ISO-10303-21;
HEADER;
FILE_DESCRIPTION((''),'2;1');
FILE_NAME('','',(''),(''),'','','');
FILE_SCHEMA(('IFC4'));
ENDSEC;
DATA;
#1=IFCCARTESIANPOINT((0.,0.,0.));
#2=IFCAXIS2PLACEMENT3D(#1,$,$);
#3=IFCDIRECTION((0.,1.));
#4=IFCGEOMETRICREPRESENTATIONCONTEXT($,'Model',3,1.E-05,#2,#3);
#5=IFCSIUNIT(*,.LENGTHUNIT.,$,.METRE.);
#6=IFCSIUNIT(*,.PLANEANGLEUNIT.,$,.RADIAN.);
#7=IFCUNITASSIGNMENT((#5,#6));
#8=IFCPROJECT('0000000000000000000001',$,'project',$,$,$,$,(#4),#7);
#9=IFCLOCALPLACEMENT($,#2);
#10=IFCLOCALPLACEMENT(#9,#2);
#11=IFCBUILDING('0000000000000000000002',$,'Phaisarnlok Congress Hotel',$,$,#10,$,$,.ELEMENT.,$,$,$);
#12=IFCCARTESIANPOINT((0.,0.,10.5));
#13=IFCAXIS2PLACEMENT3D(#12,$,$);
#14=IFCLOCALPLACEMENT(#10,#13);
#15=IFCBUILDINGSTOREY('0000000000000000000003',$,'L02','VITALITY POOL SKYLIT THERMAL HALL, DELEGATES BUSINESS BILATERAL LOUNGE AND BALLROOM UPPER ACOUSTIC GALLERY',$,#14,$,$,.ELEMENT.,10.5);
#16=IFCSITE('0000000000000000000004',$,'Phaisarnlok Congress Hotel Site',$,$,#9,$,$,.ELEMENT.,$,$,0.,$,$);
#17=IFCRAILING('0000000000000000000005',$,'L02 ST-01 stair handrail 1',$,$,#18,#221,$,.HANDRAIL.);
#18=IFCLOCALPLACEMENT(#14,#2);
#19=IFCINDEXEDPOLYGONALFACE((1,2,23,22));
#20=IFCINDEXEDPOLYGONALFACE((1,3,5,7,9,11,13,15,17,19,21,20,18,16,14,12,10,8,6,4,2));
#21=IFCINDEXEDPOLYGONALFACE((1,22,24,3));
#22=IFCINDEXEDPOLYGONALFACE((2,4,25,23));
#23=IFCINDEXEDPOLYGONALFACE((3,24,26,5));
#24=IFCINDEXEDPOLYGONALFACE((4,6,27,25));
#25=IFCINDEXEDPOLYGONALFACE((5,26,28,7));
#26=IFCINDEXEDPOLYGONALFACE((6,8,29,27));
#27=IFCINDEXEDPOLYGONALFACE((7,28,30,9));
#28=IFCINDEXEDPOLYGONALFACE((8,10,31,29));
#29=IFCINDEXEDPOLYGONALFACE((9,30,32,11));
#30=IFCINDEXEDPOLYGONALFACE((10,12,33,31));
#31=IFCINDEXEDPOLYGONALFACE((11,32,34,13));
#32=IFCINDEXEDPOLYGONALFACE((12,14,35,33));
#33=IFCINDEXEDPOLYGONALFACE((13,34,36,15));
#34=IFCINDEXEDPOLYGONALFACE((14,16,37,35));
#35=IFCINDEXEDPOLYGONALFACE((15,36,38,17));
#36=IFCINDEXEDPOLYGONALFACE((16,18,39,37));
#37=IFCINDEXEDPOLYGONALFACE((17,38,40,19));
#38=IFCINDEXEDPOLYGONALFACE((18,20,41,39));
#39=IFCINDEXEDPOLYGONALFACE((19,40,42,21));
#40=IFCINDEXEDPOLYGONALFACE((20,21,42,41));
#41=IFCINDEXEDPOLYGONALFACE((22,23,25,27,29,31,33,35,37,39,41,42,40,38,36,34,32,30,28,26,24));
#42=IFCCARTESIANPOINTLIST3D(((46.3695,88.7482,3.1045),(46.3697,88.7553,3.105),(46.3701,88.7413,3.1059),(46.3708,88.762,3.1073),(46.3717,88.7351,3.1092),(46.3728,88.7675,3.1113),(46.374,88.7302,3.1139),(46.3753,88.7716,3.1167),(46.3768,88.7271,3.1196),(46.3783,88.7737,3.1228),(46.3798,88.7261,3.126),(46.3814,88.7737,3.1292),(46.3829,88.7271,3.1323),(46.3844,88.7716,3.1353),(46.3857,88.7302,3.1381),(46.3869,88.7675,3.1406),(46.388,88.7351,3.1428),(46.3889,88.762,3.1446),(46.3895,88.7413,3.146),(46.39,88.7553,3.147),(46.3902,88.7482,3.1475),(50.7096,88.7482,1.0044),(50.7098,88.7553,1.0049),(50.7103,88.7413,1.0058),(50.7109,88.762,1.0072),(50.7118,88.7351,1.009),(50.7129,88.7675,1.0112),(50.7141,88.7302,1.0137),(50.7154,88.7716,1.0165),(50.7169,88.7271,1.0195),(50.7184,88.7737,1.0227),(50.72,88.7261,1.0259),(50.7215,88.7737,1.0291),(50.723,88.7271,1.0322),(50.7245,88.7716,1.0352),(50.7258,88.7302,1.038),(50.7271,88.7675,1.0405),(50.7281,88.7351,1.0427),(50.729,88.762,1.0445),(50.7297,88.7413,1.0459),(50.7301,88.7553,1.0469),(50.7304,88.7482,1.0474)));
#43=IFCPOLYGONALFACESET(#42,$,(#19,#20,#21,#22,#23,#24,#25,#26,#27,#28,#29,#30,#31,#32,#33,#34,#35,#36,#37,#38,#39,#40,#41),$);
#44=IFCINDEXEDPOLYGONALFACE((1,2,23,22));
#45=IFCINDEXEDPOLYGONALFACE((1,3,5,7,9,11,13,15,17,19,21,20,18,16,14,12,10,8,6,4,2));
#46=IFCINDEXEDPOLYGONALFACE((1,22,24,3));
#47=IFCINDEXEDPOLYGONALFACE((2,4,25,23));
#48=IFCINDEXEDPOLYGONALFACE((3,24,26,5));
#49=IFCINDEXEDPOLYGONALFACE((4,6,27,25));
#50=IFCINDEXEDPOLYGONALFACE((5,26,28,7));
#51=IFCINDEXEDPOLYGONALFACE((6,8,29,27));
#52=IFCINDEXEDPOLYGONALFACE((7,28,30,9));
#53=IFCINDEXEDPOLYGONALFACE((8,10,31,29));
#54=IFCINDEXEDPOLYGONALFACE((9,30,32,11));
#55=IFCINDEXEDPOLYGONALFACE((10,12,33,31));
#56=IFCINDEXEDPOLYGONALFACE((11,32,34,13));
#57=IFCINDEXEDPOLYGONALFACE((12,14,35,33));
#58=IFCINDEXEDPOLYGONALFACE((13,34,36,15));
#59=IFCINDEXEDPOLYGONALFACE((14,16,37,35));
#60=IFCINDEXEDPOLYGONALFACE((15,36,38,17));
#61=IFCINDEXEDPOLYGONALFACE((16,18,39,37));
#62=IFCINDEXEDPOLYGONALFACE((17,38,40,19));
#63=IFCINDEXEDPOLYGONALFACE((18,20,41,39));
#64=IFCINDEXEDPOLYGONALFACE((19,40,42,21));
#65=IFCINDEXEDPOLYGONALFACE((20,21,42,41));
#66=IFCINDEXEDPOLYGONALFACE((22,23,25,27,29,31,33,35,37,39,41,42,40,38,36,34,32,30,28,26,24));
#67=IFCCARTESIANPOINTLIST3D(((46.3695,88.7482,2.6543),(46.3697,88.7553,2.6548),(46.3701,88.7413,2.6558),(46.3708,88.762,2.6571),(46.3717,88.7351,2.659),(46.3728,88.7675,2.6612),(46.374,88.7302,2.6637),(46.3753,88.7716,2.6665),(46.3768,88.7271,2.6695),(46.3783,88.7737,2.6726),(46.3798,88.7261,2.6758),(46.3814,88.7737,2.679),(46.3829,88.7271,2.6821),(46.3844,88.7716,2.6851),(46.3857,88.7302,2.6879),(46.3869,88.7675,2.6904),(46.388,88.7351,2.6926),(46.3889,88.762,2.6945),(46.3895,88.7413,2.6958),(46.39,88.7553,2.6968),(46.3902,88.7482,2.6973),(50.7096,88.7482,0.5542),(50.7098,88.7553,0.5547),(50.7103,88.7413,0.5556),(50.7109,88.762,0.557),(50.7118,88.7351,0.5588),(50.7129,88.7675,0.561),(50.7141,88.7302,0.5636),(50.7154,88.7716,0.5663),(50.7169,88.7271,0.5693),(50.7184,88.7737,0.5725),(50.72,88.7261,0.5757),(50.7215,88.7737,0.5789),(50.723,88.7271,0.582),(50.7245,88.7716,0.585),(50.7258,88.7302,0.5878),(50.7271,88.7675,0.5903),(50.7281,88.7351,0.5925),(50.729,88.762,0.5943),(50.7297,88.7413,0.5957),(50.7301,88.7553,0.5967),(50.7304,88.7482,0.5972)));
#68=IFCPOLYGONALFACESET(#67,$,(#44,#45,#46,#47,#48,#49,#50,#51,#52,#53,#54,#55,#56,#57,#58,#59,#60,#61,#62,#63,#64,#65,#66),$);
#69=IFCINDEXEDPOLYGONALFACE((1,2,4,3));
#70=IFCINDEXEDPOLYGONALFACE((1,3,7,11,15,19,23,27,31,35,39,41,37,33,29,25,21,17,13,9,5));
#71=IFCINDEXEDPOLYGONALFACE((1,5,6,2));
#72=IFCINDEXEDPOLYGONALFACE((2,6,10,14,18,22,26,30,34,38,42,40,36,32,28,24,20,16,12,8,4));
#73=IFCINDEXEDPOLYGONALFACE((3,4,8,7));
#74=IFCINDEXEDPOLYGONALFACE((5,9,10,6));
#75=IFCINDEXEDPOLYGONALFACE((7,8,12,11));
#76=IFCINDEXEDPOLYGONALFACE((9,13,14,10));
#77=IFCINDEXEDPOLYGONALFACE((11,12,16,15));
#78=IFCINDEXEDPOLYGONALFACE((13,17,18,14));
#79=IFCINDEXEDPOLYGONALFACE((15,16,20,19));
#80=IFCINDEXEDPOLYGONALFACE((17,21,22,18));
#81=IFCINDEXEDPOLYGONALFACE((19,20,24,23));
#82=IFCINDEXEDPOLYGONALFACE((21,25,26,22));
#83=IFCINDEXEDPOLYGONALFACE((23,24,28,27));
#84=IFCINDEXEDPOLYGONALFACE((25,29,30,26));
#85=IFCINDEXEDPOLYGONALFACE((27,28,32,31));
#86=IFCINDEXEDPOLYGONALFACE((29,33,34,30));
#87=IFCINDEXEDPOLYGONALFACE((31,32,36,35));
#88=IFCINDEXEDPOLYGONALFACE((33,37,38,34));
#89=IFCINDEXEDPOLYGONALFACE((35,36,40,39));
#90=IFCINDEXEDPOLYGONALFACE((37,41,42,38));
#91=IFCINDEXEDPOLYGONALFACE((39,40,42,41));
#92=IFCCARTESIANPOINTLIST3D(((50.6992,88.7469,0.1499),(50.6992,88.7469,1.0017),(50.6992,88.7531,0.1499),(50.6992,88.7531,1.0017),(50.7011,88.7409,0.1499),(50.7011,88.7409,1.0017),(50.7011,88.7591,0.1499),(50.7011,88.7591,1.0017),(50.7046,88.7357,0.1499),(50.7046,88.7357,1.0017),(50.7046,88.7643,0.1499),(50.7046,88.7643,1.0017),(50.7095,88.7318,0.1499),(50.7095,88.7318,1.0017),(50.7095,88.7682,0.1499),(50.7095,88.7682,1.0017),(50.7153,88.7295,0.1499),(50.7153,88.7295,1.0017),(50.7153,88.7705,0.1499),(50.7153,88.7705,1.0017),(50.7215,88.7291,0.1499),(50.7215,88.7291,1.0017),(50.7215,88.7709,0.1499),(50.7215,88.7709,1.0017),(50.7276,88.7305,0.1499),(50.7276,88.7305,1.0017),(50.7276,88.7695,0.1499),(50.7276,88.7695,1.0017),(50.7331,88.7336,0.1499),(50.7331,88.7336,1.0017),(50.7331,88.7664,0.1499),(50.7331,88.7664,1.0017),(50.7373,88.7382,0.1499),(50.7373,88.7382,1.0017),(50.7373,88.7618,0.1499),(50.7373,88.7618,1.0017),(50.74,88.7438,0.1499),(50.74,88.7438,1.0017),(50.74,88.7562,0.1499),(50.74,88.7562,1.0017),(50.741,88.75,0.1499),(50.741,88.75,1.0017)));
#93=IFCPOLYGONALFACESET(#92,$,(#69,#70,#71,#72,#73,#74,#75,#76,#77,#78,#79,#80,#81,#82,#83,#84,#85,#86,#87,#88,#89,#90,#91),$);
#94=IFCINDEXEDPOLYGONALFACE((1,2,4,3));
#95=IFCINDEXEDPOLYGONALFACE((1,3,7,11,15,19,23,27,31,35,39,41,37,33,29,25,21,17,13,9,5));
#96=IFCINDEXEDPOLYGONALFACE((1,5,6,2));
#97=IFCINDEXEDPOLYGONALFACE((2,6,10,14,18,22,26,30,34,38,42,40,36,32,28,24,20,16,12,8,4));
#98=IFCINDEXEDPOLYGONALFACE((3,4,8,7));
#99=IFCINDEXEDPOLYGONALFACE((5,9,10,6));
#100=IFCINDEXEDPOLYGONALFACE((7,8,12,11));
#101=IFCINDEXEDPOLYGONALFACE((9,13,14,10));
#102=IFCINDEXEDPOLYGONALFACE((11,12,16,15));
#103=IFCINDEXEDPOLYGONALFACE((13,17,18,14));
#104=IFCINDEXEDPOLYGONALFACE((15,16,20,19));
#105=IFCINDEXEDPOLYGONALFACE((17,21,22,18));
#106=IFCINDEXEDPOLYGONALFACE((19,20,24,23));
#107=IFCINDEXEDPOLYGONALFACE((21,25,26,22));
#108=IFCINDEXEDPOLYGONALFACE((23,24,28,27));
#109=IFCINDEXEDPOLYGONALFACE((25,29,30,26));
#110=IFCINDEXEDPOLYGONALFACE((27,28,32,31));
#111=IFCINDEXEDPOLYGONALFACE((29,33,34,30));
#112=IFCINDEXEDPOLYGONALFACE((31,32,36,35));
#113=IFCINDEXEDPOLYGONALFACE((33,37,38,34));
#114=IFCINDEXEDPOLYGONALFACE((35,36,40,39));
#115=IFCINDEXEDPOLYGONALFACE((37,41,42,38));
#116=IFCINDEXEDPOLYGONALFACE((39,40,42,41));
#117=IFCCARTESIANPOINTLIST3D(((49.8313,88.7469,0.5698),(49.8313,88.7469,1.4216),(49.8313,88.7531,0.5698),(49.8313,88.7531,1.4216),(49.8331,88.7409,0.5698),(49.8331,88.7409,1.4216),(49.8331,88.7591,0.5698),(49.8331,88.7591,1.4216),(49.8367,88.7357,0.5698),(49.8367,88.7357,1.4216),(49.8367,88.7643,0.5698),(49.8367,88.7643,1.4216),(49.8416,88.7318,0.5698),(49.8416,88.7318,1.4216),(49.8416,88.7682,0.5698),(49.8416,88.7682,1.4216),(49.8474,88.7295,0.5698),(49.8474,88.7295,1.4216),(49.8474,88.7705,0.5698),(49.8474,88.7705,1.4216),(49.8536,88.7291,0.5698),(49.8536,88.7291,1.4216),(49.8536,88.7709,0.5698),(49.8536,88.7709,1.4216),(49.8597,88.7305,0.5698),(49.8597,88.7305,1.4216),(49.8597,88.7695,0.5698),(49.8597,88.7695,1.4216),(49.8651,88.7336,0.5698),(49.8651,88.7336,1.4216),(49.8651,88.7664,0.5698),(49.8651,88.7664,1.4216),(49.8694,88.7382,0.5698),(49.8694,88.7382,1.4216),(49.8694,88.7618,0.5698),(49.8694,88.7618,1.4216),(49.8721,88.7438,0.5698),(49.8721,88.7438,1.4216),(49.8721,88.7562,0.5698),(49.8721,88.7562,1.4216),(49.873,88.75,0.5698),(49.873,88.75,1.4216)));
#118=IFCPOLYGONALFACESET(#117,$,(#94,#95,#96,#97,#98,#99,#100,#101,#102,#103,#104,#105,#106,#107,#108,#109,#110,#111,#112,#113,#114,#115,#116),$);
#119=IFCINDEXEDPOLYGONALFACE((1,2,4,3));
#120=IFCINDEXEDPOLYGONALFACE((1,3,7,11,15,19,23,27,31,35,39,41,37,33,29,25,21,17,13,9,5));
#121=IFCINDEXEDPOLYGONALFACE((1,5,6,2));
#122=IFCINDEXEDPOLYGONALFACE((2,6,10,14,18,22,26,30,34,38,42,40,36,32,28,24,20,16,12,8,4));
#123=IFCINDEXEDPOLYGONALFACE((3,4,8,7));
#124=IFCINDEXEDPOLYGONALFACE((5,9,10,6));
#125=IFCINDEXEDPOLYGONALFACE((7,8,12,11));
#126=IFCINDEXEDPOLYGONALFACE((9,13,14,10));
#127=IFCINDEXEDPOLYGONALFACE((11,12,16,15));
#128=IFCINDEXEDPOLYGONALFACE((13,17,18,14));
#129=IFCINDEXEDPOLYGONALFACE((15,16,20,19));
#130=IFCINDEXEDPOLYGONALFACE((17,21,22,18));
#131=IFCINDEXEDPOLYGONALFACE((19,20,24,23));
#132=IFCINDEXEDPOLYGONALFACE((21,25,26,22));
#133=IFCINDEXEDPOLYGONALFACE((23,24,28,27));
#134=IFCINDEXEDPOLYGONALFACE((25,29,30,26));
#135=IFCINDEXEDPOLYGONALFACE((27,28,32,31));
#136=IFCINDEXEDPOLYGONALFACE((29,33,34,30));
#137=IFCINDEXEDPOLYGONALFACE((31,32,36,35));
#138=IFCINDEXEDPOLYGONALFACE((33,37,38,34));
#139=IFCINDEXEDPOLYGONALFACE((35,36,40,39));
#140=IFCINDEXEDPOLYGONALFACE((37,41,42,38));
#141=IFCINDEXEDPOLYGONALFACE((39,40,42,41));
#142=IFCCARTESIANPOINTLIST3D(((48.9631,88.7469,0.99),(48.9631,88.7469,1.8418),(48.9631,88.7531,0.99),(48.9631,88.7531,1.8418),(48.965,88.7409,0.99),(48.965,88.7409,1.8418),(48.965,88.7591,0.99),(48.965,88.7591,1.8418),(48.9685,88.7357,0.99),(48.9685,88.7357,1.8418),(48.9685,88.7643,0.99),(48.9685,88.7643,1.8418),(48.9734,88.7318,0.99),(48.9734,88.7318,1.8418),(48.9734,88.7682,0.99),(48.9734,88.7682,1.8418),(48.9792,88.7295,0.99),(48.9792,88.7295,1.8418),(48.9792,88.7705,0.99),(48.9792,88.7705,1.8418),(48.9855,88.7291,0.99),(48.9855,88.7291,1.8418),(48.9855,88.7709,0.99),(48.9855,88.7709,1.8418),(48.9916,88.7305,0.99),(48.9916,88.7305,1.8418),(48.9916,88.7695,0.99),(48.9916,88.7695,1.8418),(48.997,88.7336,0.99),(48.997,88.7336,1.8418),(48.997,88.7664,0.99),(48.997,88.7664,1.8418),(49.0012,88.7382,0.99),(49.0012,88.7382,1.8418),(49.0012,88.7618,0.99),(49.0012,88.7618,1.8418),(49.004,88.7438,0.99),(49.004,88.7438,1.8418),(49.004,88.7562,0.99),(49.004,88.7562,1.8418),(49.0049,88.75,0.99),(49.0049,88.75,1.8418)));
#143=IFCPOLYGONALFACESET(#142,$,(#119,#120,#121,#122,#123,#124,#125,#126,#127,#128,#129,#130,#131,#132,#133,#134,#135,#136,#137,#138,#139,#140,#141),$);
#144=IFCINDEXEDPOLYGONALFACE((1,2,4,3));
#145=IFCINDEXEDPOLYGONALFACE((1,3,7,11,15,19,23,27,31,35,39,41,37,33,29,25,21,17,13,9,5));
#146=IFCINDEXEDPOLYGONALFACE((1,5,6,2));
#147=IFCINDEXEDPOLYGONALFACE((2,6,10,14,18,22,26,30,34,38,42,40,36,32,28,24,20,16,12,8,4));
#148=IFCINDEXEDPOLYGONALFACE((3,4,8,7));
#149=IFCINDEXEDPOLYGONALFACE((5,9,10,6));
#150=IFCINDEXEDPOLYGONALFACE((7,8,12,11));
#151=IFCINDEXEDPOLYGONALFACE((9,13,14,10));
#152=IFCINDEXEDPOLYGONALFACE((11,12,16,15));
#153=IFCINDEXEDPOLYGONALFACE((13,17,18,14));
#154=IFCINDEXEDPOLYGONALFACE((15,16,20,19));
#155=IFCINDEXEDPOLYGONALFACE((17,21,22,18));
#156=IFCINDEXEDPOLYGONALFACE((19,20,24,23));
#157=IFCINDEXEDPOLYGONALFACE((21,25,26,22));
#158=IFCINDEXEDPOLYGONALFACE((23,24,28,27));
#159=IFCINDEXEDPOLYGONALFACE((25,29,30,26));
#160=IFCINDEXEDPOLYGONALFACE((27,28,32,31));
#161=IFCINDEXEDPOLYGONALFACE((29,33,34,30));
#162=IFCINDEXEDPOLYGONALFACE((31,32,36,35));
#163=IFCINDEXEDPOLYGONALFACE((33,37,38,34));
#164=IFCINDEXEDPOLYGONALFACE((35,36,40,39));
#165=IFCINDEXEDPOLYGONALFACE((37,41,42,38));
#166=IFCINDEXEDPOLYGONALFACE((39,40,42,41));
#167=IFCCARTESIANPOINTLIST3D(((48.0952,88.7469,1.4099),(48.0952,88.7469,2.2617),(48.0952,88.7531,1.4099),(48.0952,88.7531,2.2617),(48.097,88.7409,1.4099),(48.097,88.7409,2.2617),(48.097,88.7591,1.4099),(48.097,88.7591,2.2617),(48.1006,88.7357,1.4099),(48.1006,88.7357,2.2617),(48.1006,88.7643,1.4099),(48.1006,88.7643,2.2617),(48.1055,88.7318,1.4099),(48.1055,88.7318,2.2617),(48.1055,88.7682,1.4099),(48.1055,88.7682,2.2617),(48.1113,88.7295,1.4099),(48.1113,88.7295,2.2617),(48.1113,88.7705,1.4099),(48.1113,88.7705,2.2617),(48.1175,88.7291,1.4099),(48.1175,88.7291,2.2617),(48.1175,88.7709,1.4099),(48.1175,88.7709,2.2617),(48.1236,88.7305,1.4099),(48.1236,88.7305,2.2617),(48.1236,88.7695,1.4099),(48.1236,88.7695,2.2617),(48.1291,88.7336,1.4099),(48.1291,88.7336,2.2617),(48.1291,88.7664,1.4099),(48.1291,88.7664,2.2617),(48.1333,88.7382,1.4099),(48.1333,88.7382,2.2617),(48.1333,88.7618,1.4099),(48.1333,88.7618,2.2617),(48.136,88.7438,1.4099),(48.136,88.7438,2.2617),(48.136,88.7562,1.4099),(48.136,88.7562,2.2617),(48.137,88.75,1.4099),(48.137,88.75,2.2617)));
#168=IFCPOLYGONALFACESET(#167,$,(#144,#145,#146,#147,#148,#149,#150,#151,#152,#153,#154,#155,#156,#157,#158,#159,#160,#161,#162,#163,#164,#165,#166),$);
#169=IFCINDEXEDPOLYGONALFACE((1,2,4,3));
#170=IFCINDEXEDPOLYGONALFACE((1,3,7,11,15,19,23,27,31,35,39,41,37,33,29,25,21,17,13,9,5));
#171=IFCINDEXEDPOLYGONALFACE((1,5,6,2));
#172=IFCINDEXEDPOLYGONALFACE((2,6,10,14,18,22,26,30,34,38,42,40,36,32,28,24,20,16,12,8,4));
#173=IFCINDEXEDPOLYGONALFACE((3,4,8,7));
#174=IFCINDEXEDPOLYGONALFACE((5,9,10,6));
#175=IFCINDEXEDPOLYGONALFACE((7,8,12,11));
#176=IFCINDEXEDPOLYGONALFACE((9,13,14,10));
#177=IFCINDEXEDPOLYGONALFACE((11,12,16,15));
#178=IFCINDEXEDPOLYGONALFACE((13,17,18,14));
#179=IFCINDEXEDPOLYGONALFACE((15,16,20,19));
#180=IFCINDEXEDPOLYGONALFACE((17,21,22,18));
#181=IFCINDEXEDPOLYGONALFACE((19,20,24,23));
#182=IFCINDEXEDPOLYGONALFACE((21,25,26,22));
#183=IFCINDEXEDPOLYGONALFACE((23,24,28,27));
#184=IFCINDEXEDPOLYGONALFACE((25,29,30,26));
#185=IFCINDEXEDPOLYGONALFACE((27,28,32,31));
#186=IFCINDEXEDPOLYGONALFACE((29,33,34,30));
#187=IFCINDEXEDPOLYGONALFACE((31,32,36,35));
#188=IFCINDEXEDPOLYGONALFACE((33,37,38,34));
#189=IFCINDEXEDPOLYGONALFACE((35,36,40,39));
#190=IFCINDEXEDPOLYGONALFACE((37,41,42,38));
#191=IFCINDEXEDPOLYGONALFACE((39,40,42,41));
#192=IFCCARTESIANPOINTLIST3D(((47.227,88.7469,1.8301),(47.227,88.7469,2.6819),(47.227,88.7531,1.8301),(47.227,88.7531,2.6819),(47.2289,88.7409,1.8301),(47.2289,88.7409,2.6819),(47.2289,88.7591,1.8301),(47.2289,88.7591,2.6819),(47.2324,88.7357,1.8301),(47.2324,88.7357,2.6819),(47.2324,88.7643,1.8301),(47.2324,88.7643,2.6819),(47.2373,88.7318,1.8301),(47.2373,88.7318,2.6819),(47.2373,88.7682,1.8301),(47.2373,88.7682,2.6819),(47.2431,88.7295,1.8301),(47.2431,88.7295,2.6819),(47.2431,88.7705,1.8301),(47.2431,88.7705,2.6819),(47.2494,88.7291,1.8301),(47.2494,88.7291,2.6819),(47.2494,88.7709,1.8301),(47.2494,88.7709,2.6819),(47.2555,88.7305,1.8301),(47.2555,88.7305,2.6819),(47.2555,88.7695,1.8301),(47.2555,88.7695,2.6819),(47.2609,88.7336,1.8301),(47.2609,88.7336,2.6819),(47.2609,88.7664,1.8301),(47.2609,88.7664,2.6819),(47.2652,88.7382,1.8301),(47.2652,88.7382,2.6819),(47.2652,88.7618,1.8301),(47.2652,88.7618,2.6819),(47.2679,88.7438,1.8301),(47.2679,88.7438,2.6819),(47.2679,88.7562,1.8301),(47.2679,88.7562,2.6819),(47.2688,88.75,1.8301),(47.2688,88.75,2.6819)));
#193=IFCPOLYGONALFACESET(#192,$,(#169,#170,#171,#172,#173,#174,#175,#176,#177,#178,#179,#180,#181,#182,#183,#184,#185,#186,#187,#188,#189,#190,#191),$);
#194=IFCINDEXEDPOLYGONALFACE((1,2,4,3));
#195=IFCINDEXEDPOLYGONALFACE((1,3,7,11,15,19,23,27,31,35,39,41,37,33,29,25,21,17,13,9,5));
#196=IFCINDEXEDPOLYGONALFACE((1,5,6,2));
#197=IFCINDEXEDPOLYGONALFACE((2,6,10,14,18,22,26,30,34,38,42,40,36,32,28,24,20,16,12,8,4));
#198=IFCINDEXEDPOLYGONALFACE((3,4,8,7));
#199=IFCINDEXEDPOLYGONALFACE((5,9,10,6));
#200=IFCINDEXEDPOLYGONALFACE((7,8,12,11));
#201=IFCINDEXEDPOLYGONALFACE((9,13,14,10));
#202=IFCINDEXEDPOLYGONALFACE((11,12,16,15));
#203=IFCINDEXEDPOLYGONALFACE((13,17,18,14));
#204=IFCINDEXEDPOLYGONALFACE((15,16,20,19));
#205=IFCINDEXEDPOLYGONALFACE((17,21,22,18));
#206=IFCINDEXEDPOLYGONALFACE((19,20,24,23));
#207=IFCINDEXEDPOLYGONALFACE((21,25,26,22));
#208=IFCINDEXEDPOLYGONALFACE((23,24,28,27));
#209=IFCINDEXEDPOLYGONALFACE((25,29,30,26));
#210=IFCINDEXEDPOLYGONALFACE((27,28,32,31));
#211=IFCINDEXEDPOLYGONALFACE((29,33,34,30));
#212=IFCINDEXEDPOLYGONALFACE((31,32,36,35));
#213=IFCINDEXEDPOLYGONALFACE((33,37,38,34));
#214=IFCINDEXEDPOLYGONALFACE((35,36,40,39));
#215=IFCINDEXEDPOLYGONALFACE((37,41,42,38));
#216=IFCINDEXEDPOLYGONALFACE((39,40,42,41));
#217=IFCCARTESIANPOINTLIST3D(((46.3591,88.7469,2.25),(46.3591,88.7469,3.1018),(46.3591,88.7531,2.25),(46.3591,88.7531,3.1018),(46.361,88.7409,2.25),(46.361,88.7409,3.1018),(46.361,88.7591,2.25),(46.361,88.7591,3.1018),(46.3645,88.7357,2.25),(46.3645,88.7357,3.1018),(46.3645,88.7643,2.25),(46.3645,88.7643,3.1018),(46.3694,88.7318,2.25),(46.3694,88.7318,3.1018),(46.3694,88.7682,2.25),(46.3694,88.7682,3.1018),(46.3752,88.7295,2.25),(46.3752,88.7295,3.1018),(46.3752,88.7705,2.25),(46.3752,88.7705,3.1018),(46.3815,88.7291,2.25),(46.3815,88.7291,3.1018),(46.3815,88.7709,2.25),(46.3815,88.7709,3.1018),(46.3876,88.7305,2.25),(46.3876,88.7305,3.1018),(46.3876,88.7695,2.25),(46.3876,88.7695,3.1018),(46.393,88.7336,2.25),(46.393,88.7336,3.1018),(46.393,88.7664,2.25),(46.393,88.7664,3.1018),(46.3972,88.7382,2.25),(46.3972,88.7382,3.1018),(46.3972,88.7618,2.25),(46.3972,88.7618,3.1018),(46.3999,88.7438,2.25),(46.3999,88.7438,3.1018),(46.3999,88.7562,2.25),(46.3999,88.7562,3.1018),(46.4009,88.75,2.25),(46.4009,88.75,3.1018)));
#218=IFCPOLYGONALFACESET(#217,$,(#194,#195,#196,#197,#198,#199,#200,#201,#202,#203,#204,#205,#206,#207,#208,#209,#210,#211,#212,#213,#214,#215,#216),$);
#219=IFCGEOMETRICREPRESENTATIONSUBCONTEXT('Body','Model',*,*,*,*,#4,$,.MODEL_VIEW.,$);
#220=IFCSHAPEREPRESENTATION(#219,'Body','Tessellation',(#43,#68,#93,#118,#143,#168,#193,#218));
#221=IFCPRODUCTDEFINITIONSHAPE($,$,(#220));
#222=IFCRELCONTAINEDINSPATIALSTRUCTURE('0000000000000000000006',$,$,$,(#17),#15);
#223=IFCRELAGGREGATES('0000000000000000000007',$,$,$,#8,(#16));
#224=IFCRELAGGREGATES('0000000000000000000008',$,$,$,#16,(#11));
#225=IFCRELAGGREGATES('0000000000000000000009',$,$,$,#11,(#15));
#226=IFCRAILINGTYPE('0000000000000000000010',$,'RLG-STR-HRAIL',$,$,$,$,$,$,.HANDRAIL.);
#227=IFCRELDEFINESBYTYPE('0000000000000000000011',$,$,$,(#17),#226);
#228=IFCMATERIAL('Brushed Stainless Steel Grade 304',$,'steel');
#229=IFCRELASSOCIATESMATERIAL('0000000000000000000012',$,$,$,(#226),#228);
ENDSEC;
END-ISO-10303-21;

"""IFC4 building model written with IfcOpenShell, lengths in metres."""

from ifc_helpers import new_model, si_unit, direction, frame, origin, origin_2d, place, context, subcontext, project, spatial, circle, extrude, material, type_object, element, save


model = new_model("IFC4")

# Units and contexts
model_context = context("Model", 3, precision=1e-05, world=origin(), true_north=direction((0.0, 1.0)))
body_context = subcontext(model_context, "Body", "Model", "MODEL_VIEW")
ifc_project = project(units=[si_unit("LENGTHUNIT", "METRE"), si_unit("PLANEANGLEUNIT", "RADIAN")], contexts=[model_context])

# Site, building, storey
site_placement = place(None, origin())
site = spatial("IfcSite", under=ifc_project, at=site_placement, Name="Phaisarnlok Congress Hotel Site", CompositionType="ELEMENT", RefElevation=0.0)
building_placement = place(site_placement, origin())
building = spatial("IfcBuilding", under=site, at=building_placement, Name="Phaisarnlok Congress Hotel", CompositionType="ELEMENT")
storey_placement = place(building_placement, frame((0.0, 0.0, 10.5)))
storey = spatial("IfcBuildingStorey", under=building, at=storey_placement, Name="L02", Description="VITALITY POOL SKYLIT THERMAL HALL, DELEGATES BUSINESS BILATERAL LOUNGE AND BALLROOM UPPER ACOUSTIC GALLERY", CompositionType="ELEMENT", Elevation=10.5)

# Railing
ifc_material_1 = material(Name="Brushed Stainless Steel Grade 304", Category="steel")
railing_type_1 = type_object("IfcRailingType", Name="RLG-STR-HRAIL", PredefinedType="HANDRAIL", material=ifc_material_1)
railing_1_placement = place(storey_placement, frame((50.72, 88.75, 0.1499)))
element("IfcRailing", 1, at=railing_1_placement, inside=storey, type_object=railing_type_1, Name="L02 ST-01 stair handrail 1", PredefinedType="HANDRAIL", context=body_context, shape_type="SweptSolid", body=[
    extrude(circle(Radius=0.0239, at=origin_2d()), frame((0.0, 0.0, 0.876), z_axis=(-0.900155, 0.0, 0.43557), x_axis=(0.0, -1.0, 0.0)), (0.0, 0.0, 1.0), 4.8215),
    extrude(circle(Radius=0.0239, at=origin_2d()), frame((0.0, 0.0, 0.4258), z_axis=(-0.900155, 0.0, 0.43557), x_axis=(0.0, -1.0, 0.0)), (0.0, 0.0, 1.0), 4.8215),
    extrude(circle(Radius=0.021, at=origin_2d()), origin(), (0.0, 0.0, 1.0), 0.8518),
    extrude(circle(Radius=0.021, at=origin_2d()), frame((-0.8679, 0.0, 0.4199)), (0.0, 0.0, 1.0), 0.8518),
    extrude(circle(Radius=0.021, at=origin_2d()), frame((-1.7361, 0.0, 0.8401)), (0.0, 0.0, 1.0), 0.8518),
    extrude(circle(Radius=0.021, at=origin_2d()), frame((-2.604, 0.0, 1.26)), (0.0, 0.0, 1.0), 0.8518),
    extrude(circle(Radius=0.021, at=origin_2d()), frame((-3.4722, 0.0, 1.6802)), (0.0, 0.0, 1.0), 0.8518),
    extrude(circle(Radius=0.021, at=origin_2d()), frame((-4.3401, 0.0, 2.1001)), (0.0, 0.0, 1.0), 0.8518),
])

save(model, "model.ifc")
